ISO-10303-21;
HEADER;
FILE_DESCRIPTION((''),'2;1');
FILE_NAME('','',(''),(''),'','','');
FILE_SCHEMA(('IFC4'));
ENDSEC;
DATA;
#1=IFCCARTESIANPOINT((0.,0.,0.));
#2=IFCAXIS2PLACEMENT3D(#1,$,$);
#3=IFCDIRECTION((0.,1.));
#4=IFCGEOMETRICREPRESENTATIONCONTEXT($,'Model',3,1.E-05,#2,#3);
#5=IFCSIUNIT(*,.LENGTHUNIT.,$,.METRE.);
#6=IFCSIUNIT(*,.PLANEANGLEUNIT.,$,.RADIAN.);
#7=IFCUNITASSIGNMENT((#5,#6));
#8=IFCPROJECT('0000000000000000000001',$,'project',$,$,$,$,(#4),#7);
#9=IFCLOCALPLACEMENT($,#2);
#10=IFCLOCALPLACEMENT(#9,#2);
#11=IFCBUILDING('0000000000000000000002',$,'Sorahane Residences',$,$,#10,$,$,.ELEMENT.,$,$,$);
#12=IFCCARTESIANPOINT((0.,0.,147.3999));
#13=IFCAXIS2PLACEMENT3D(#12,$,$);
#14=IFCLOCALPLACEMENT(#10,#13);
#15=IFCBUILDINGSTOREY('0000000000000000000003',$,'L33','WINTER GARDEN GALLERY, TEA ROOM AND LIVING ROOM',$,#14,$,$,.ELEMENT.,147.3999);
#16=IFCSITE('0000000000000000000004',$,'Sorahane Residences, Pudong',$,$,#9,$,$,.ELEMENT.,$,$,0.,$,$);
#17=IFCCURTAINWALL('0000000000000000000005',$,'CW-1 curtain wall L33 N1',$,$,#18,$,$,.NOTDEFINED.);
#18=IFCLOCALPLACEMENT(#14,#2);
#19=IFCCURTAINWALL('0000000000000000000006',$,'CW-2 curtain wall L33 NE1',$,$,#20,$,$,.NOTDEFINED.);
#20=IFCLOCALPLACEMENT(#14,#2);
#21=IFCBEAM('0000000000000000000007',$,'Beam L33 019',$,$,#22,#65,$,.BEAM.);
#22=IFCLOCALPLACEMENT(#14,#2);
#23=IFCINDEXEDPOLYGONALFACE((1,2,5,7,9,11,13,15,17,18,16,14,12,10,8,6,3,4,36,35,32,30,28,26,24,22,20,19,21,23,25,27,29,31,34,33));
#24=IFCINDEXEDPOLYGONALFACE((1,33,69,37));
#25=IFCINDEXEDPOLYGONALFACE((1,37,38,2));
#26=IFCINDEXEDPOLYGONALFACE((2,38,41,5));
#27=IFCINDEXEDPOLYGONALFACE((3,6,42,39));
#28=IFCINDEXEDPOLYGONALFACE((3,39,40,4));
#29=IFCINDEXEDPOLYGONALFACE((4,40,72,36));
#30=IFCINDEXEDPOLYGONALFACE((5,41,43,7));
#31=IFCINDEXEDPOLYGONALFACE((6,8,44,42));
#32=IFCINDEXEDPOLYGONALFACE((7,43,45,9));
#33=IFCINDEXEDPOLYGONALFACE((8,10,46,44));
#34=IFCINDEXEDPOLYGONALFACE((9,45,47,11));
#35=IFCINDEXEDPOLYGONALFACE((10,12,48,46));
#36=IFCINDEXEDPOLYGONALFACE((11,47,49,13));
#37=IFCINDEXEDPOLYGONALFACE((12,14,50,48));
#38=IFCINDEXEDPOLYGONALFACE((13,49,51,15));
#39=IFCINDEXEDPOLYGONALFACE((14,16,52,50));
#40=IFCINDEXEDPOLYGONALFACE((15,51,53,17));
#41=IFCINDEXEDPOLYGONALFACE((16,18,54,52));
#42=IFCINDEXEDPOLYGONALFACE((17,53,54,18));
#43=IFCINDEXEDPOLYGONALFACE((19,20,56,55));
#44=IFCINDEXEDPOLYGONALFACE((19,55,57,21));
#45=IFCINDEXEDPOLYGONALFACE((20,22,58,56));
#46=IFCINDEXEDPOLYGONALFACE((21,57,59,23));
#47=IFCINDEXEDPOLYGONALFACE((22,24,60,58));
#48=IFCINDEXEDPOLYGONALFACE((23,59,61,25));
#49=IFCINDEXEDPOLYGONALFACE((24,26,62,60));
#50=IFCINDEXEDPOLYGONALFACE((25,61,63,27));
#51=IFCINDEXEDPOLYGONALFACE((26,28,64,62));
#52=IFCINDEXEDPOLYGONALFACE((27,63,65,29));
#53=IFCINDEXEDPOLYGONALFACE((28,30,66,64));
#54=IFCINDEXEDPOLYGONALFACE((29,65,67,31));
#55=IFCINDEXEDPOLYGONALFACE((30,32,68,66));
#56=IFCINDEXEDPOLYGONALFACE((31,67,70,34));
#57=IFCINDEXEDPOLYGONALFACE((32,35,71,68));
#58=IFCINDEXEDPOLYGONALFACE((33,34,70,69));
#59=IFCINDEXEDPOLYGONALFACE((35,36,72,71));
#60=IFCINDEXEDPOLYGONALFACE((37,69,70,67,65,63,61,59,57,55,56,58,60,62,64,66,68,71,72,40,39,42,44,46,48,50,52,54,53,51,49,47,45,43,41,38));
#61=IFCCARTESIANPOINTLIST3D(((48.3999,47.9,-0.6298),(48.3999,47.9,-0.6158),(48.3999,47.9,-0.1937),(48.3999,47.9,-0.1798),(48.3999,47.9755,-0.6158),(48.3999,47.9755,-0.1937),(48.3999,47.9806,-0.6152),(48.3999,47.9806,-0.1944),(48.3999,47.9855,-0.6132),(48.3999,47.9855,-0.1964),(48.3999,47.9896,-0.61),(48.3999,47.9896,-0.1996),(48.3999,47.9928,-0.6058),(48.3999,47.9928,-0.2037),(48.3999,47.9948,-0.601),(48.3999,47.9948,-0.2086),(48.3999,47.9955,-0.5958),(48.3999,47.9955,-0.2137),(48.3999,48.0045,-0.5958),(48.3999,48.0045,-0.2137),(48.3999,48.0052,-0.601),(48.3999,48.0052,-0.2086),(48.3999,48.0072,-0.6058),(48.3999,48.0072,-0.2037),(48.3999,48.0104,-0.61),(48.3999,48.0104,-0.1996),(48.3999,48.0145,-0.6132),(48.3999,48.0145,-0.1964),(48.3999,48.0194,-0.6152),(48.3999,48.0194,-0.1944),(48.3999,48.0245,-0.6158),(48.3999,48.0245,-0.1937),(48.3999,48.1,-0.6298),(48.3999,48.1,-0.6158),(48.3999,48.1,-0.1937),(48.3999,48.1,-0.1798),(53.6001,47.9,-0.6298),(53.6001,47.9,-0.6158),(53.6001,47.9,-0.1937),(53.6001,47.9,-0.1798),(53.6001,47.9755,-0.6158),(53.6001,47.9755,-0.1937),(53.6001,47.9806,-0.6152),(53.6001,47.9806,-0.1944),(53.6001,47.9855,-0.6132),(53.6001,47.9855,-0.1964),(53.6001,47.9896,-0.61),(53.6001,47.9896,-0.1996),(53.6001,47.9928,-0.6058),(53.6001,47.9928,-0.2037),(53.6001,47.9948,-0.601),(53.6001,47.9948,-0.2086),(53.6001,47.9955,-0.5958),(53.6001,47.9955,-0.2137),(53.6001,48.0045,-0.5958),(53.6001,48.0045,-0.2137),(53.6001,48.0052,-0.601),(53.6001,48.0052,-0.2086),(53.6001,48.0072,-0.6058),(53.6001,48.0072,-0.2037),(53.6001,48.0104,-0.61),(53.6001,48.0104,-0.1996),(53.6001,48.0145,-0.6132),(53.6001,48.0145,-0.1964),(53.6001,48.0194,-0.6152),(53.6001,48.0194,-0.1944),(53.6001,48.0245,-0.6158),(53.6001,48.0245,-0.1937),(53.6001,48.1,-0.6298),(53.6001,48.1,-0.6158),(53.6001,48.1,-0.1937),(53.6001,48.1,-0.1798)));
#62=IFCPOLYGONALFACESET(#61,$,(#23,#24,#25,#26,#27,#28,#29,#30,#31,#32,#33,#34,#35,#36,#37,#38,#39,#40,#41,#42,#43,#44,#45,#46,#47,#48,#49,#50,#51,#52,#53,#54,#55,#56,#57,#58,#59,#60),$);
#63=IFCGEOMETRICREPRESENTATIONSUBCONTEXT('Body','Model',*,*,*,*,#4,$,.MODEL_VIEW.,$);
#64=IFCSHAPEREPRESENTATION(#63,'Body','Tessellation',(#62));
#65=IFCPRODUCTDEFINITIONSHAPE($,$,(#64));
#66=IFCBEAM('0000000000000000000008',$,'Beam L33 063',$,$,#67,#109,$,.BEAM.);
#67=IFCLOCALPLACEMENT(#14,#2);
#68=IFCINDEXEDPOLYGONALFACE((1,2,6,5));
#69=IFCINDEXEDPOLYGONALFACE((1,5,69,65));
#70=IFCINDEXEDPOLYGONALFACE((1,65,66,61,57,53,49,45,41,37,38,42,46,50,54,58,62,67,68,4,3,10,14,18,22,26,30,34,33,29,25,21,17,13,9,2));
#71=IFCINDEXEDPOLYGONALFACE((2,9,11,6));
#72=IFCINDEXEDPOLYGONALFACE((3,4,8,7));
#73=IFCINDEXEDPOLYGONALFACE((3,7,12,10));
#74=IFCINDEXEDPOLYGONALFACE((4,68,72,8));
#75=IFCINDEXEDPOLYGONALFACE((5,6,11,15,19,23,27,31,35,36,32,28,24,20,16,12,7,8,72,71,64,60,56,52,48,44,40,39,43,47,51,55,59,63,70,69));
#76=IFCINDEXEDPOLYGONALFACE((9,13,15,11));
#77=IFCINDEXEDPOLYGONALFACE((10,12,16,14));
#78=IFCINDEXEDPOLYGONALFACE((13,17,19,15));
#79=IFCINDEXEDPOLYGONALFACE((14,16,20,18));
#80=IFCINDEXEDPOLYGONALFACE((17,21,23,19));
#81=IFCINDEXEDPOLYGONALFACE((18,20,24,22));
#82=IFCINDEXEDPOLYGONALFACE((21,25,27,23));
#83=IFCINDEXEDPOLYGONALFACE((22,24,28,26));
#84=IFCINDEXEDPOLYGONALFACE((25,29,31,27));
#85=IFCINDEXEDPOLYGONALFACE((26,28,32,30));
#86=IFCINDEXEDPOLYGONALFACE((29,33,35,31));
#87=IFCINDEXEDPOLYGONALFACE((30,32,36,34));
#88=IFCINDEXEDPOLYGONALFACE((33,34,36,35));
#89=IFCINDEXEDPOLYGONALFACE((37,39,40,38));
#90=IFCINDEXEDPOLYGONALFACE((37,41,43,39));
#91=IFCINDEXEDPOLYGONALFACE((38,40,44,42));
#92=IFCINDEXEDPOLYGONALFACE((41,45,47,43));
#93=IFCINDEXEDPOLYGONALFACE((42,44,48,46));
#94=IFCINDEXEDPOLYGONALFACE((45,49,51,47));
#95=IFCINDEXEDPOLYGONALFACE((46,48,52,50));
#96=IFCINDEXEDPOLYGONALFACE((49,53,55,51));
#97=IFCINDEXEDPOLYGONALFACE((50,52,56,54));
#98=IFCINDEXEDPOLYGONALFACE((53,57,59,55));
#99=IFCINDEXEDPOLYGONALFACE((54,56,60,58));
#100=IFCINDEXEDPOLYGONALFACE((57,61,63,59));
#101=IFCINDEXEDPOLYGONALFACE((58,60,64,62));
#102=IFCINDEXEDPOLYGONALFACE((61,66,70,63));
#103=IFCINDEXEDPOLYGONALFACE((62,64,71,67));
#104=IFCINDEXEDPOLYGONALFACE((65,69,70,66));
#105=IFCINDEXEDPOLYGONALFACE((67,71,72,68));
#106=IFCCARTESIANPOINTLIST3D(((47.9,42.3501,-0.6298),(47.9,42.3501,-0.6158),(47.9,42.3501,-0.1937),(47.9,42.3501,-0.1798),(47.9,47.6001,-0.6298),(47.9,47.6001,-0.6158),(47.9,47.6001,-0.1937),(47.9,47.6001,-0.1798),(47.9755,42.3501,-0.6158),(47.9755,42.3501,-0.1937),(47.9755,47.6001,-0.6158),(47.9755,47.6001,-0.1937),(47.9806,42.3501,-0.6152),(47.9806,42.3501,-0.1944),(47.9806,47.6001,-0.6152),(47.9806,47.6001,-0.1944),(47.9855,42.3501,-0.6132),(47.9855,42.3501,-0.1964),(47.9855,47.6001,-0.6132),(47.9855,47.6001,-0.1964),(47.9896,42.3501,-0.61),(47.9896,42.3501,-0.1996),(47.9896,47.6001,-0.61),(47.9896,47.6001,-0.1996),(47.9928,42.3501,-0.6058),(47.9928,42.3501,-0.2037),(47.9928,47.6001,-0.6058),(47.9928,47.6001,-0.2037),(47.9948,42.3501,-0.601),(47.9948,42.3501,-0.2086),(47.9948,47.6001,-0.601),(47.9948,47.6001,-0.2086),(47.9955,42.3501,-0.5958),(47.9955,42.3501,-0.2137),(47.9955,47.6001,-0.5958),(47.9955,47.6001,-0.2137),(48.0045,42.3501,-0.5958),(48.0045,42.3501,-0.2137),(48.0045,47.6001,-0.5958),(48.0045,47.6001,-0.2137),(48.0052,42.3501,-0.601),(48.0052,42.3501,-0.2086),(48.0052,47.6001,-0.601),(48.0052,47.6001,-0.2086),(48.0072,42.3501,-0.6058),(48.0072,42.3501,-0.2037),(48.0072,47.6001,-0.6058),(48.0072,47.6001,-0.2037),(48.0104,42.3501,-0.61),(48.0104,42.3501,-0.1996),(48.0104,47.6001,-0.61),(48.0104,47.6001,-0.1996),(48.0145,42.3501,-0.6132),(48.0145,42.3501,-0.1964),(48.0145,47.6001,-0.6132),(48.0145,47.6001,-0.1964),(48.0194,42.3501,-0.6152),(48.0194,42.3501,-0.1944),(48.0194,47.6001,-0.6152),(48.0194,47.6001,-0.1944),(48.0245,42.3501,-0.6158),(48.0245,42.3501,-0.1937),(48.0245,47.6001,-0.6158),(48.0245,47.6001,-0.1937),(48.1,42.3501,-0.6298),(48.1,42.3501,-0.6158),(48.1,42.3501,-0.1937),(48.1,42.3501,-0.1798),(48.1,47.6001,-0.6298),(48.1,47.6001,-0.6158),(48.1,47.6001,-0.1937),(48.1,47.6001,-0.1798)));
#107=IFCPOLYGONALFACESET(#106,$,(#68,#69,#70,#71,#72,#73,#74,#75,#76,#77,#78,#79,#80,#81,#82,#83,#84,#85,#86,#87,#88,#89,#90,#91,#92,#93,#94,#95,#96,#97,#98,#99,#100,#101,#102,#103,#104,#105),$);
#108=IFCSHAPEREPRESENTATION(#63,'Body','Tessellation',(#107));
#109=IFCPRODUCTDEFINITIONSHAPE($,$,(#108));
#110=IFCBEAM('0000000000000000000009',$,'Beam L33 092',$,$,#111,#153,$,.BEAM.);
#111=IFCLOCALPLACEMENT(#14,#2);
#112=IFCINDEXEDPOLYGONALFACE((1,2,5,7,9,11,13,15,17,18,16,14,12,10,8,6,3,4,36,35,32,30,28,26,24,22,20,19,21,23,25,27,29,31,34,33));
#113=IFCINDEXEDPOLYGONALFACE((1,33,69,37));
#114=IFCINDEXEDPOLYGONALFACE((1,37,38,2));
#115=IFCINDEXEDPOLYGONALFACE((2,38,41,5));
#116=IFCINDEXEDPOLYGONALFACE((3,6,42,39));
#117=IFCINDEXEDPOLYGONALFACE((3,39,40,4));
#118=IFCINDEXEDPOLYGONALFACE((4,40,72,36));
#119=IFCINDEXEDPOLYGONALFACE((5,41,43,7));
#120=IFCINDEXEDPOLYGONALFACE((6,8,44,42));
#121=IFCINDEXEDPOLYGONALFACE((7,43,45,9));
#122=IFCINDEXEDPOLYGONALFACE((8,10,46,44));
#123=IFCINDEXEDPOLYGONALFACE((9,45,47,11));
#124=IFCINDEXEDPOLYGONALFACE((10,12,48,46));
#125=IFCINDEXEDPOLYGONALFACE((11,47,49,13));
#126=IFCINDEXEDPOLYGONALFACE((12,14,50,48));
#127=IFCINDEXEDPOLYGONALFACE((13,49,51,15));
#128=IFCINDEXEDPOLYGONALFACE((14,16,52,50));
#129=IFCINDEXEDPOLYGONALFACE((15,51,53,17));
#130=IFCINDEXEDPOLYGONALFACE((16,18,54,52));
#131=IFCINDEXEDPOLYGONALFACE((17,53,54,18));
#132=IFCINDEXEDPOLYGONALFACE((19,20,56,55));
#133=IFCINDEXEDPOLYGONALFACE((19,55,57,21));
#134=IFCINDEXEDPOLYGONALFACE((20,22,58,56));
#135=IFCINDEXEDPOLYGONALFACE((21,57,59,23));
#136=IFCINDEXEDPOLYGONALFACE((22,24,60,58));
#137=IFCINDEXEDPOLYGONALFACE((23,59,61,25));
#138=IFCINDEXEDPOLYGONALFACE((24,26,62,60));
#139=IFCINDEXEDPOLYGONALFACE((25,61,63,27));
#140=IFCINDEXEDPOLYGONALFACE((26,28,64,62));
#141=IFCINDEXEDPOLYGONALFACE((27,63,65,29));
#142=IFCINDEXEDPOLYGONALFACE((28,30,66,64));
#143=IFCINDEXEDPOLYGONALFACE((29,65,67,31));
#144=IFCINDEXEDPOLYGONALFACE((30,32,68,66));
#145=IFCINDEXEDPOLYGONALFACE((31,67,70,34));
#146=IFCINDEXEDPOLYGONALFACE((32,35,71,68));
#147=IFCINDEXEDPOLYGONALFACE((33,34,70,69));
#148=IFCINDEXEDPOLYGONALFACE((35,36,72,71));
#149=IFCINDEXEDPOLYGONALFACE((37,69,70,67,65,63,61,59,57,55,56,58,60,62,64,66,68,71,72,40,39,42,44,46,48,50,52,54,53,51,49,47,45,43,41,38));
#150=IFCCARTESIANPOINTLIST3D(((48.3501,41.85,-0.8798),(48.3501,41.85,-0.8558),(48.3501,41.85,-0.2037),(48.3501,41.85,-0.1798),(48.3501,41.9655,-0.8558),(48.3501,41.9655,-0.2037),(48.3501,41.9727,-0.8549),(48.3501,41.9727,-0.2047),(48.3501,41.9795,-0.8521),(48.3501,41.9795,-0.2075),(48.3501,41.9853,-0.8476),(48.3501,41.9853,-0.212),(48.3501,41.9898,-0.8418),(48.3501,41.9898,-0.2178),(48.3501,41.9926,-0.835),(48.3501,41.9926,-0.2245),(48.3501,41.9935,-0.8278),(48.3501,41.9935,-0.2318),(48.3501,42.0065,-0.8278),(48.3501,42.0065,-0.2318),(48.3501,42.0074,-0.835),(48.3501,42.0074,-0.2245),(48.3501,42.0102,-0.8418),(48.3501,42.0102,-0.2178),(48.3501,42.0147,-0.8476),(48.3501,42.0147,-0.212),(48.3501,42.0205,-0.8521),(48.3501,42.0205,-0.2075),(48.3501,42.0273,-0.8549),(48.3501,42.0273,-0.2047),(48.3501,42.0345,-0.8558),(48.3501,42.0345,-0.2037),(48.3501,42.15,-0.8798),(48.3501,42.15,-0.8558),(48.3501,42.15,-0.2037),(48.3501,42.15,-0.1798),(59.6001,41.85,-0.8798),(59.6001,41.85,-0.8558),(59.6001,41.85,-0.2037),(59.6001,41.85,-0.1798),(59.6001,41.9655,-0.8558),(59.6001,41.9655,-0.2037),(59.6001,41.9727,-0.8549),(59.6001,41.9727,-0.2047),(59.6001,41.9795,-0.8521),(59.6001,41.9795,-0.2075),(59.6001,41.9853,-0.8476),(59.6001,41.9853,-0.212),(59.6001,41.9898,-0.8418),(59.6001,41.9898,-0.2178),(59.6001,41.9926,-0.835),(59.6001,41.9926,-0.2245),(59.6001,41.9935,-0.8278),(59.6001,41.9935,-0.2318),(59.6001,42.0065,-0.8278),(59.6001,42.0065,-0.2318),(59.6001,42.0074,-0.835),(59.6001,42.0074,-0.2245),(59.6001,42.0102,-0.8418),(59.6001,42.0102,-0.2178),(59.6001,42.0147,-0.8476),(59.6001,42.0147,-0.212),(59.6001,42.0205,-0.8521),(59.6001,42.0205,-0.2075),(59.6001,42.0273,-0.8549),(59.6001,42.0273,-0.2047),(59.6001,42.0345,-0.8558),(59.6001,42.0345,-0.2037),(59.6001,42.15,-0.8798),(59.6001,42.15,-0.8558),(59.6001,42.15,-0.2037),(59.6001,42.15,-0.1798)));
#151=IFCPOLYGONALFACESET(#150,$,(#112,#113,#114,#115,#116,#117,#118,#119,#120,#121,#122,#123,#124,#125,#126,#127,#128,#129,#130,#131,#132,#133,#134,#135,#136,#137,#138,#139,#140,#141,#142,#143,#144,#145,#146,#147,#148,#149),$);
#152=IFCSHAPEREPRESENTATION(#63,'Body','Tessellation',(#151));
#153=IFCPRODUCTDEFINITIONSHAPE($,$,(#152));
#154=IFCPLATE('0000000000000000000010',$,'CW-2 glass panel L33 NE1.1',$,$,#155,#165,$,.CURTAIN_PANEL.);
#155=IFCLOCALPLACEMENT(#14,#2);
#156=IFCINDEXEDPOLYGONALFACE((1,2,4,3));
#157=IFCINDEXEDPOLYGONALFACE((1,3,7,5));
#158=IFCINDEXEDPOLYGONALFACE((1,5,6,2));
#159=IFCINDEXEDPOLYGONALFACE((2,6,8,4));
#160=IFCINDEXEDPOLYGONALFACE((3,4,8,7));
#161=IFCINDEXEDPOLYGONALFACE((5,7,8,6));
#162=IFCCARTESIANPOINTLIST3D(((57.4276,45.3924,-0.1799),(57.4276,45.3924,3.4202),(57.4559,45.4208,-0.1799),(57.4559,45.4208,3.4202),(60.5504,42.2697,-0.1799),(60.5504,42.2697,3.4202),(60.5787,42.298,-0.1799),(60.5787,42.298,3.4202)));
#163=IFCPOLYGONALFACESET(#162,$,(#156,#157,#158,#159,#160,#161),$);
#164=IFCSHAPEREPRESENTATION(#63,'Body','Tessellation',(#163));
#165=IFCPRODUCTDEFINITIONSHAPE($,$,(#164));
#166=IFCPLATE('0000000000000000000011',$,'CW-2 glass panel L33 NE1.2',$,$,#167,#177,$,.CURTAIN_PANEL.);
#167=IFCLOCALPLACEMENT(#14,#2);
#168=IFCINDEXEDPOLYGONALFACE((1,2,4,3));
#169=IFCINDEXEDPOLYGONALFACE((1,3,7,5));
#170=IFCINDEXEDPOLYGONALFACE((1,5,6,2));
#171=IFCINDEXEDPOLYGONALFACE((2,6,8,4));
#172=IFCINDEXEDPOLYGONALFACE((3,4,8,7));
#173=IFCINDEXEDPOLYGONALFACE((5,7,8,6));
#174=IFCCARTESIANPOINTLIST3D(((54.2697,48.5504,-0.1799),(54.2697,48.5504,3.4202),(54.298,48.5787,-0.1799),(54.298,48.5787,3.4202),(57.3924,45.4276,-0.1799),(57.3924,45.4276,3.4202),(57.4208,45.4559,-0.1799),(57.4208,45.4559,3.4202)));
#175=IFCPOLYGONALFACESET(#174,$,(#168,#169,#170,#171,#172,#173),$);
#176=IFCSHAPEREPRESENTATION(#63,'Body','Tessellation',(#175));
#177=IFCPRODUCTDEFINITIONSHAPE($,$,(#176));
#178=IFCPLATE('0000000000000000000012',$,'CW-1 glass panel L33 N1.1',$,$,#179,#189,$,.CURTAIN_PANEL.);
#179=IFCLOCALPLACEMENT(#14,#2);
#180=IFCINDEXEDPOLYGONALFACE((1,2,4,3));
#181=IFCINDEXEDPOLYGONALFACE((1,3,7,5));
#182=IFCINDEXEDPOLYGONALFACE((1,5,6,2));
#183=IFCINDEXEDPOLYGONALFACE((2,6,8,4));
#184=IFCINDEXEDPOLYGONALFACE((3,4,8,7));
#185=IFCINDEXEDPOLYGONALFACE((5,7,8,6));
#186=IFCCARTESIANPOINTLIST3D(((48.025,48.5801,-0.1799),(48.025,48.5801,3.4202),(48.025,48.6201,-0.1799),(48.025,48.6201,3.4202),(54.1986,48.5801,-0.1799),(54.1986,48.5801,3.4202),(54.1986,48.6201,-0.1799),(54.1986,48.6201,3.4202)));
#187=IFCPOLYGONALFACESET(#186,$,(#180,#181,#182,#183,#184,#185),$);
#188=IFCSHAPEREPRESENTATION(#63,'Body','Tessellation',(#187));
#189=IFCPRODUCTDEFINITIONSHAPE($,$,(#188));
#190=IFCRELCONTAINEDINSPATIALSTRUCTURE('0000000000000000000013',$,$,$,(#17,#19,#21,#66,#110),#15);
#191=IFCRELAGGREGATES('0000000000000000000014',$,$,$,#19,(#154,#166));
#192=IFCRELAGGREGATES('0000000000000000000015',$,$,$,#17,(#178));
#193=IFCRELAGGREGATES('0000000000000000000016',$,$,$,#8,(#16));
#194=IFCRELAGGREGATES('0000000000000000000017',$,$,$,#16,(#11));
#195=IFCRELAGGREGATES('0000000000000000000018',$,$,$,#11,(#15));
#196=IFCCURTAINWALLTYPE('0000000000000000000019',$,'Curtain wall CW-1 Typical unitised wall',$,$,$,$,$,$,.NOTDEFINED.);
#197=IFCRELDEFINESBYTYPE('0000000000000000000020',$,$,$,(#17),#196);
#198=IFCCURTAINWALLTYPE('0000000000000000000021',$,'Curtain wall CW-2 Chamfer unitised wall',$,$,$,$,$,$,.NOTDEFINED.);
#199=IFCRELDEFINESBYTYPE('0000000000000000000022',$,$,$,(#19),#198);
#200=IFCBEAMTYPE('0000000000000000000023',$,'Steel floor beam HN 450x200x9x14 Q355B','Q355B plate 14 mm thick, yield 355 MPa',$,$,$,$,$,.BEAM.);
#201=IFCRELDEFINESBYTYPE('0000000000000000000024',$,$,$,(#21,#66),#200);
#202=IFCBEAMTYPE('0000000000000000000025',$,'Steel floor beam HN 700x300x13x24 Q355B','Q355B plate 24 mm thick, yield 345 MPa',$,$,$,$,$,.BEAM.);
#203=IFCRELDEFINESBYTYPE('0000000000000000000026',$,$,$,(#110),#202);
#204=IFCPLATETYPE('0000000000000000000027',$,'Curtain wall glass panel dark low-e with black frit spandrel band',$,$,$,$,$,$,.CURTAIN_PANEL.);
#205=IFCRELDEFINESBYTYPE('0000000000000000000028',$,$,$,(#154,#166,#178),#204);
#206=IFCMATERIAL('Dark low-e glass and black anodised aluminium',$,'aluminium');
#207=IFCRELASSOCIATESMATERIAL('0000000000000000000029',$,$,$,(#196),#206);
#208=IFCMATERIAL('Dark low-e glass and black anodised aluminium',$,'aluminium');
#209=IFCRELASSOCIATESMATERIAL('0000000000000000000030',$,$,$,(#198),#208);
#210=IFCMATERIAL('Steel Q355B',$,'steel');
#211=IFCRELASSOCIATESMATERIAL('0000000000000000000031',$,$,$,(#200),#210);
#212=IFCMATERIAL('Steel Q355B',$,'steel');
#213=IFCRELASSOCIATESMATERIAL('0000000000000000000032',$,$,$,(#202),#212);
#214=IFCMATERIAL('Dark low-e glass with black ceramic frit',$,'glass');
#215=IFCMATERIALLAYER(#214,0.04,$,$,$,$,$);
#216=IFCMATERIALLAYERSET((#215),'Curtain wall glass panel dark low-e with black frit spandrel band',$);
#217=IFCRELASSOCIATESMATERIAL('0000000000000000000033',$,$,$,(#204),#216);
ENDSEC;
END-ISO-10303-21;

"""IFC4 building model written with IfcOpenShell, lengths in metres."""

from ifc_helpers import new_model, si_unit, direction, frame, origin, origin_2d, place, context, subcontext, project, spatial, rectangle, i_section, extrude, material, layer, layer_set, material_profile, profile_set, type_object, element, aggregate, save


model = new_model("IFC4")

# Units and contexts
model_context = context("Model", 3, precision=1e-05, world=origin(), true_north=direction((0.0, 1.0)))
body_context = subcontext(model_context, "Body", "Model", "MODEL_VIEW")
ifc_project = project(units=[si_unit("LENGTHUNIT", "METRE"), si_unit("PLANEANGLEUNIT", "RADIAN")], contexts=[model_context])

# Site, building, storey
site_placement = place(None, origin())
site = spatial("IfcSite", under=ifc_project, at=site_placement, Name="Sorahane Residences, Pudong", CompositionType="ELEMENT", RefElevation=0.0)
building_placement = place(site_placement, origin())
building = spatial("IfcBuilding", under=site, at=building_placement, Name="Sorahane Residences", CompositionType="ELEMENT")
storey_placement = place(building_placement, frame((0.0, 0.0, 147.3999)))
storey = spatial("IfcBuildingStorey", under=building, at=storey_placement, Name="L33", Description="WINTER GARDEN GALLERY, TEA ROOM AND LIVING ROOM", CompositionType="ELEMENT", Elevation=147.3999)

# Curtain wall
ifc_material_1 = material(Name="Dark low-e glass and black anodised aluminium", Category="aluminium")
curtain_wall_type_1 = type_object("IfcCurtainWallType", Name="Curtain wall CW-1 Typical unitised wall", PredefinedType="NOTDEFINED", material=ifc_material_1)
curtain_wall_1_placement = place(storey_placement, origin())
curtain_wall_1 = element("IfcCurtainWall", 1, at=curtain_wall_1_placement, inside=storey, type_object=curtain_wall_type_1, Name="CW-1 curtain wall L33 N1", PredefinedType="NOTDEFINED")

# Curtain wall
ifc_material_2 = material(Name="Dark low-e glass and black anodised aluminium", Category="aluminium")
curtain_wall_type_2 = type_object("IfcCurtainWallType", Name="Curtain wall CW-2 Chamfer unitised wall", PredefinedType="NOTDEFINED", material=ifc_material_2)
curtain_wall_2_placement = place(storey_placement, origin())
curtain_wall_2 = element("IfcCurtainWall", 2, at=curtain_wall_2_placement, inside=storey, type_object=curtain_wall_type_2, Name="CW-2 curtain wall L33 NE1", PredefinedType="NOTDEFINED")

# Beams
ifc_material_3 = material(Name="Steel Q355B", Category="steel")
ifc_material_profile_1 = material_profile(ifc_material_3, i_section(OverallWidth=0.2, OverallDepth=0.45, WebThickness=0.009, FlangeThickness=0.0139, FilletRadius=0.02, at=origin_2d()), Name="HN 450x200x9x14")
ifc_profile_set_1 = profile_set([ifc_material_profile_1], Name="Steel Q355B")
beam_type_1 = type_object("IfcBeamType", Name="Steel floor beam HN 450x200x9x14 Q355B", Description="Q355B plate 14 mm thick, yield 355 MPa", PredefinedType="BEAM", material=ifc_profile_set_1)
beam_1_placement = place(storey_placement, frame((48.3999, 48.0, -0.4048), z_axis=(1.0, 0.0, 0.0), x_axis=(0.0, 1.0, 0.0)))
element("IfcBeam", 3, at=beam_1_placement, inside=storey, type_object=beam_type_1, Name="Beam L33 019", PredefinedType="BEAM", context=body_context, shape_type="SweptSolid", body=[
    extrude(i_section(OverallWidth=0.2, OverallDepth=0.45, WebThickness=0.009, FlangeThickness=0.0139, FilletRadius=0.02, at=origin_2d()), origin(), (0.0, 0.0, 1.0), 5.2002),
])
beam_2_placement = place(storey_placement, frame((48.0, 42.3501, -0.4048), z_axis=(0.0, 1.0, 0.0), x_axis=(-1.0, 0.0, 0.0)))
element("IfcBeam", 4, at=beam_2_placement, inside=storey, type_object=beam_type_1, Name="Beam L33 063", PredefinedType="BEAM", context=body_context, shape_type="SweptSolid", body=[
    extrude(i_section(OverallWidth=0.2, OverallDepth=0.45, WebThickness=0.009, FlangeThickness=0.0139, FilletRadius=0.02, at=origin_2d()), origin(), (0.0, 0.0, 1.0), 5.25),
])
ifc_material_4 = material(Name="Steel Q355B", Category="steel")
ifc_material_profile_2 = material_profile(ifc_material_4, i_section(OverallWidth=0.3, OverallDepth=0.7, WebThickness=0.0129, FlangeThickness=0.0239, FilletRadius=0.0281, at=origin_2d()), Name="HN 700x300x13x24")
ifc_profile_set_2 = profile_set([ifc_material_profile_2], Name="Steel Q355B")
beam_type_2 = type_object("IfcBeamType", Name="Steel floor beam HN 700x300x13x24 Q355B", Description="Q355B plate 24 mm thick, yield 345 MPa", PredefinedType="BEAM", material=ifc_profile_set_2)
beam_3_placement = place(storey_placement, frame((48.3501, 42.0, -0.5298), z_axis=(1.0, 0.0, 0.0), x_axis=(0.0, 1.0, 0.0)))
element("IfcBeam", 5, at=beam_3_placement, inside=storey, type_object=beam_type_2, Name="Beam L33 092", PredefinedType="BEAM", context=body_context, shape_type="SweptSolid", body=[
    extrude(i_section(OverallWidth=0.3, OverallDepth=0.7, WebThickness=0.0129, FlangeThickness=0.0239, FilletRadius=0.0281, at=origin_2d()), origin(), (0.0, 0.0, 1.0), 11.25),
])

# Plates
ifc_material_5 = material(Name="Dark low-e glass with black ceramic frit", Category="glass")
ifc_layer_1 = layer(ifc_material_5, 0.04)
ifc_layer_set_1 = layer_set([ifc_layer_1], Name="Curtain wall glass panel dark low-e with black frit spandrel band")
plate_type = type_object("IfcPlateType", Name="Curtain wall glass panel dark low-e with black frit spandrel band", PredefinedType="CURTAIN_PANEL", material=ifc_layer_set_1)
plate_1_placement = place(storey_placement, frame((59.0032, 43.8452, -0.1799), z_axis=(0.0, 0.0, 1.0), x_axis=(-0.707107, 0.707107, 0.0)))
plate_1 = element("IfcPlate", 6, at=plate_1_placement, type_object=plate_type, Name="CW-2 glass panel L33 NE1.1", PredefinedType="CURTAIN_PANEL", context=body_context, shape_type="SweptSolid", body=[
    extrude(rectangle(XDim=4.4163, YDim=0.04, at=origin_2d()), origin(), (0.0, 0.0, 1.0), 3.6001),
])
plate_2_placement = place(storey_placement, frame((55.8452, 47.0032, -0.1799), z_axis=(0.0, 0.0, 1.0), x_axis=(-0.707107, 0.707107, 0.0)))
plate_2 = element("IfcPlate", 7, at=plate_2_placement, type_object=plate_type, Name="CW-2 glass panel L33 NE1.2", PredefinedType="CURTAIN_PANEL", context=body_context, shape_type="SweptSolid", body=[
    extrude(rectangle(XDim=4.4163, YDim=0.04, at=origin_2d()), origin(), (0.0, 0.0, 1.0), 3.6001),
])
aggregate(curtain_wall_2, [plate_1, plate_2])
plate_3_placement = place(storey_placement, frame((51.1118, 48.6001, -0.1799), z_axis=(0.0, 0.0, 1.0), x_axis=(-1.0, 0.0, 0.0)))
plate_3 = element("IfcPlate", 8, at=plate_3_placement, type_object=plate_type, Name="CW-1 glass panel L33 N1.1", PredefinedType="CURTAIN_PANEL", context=body_context, shape_type="SweptSolid", body=[
    extrude(rectangle(XDim=6.1736, YDim=0.04, at=origin_2d()), origin(), (0.0, 0.0, 1.0), 3.6001),
])
aggregate(curtain_wall_1, [plate_3])

save(model, "model.ifc")
